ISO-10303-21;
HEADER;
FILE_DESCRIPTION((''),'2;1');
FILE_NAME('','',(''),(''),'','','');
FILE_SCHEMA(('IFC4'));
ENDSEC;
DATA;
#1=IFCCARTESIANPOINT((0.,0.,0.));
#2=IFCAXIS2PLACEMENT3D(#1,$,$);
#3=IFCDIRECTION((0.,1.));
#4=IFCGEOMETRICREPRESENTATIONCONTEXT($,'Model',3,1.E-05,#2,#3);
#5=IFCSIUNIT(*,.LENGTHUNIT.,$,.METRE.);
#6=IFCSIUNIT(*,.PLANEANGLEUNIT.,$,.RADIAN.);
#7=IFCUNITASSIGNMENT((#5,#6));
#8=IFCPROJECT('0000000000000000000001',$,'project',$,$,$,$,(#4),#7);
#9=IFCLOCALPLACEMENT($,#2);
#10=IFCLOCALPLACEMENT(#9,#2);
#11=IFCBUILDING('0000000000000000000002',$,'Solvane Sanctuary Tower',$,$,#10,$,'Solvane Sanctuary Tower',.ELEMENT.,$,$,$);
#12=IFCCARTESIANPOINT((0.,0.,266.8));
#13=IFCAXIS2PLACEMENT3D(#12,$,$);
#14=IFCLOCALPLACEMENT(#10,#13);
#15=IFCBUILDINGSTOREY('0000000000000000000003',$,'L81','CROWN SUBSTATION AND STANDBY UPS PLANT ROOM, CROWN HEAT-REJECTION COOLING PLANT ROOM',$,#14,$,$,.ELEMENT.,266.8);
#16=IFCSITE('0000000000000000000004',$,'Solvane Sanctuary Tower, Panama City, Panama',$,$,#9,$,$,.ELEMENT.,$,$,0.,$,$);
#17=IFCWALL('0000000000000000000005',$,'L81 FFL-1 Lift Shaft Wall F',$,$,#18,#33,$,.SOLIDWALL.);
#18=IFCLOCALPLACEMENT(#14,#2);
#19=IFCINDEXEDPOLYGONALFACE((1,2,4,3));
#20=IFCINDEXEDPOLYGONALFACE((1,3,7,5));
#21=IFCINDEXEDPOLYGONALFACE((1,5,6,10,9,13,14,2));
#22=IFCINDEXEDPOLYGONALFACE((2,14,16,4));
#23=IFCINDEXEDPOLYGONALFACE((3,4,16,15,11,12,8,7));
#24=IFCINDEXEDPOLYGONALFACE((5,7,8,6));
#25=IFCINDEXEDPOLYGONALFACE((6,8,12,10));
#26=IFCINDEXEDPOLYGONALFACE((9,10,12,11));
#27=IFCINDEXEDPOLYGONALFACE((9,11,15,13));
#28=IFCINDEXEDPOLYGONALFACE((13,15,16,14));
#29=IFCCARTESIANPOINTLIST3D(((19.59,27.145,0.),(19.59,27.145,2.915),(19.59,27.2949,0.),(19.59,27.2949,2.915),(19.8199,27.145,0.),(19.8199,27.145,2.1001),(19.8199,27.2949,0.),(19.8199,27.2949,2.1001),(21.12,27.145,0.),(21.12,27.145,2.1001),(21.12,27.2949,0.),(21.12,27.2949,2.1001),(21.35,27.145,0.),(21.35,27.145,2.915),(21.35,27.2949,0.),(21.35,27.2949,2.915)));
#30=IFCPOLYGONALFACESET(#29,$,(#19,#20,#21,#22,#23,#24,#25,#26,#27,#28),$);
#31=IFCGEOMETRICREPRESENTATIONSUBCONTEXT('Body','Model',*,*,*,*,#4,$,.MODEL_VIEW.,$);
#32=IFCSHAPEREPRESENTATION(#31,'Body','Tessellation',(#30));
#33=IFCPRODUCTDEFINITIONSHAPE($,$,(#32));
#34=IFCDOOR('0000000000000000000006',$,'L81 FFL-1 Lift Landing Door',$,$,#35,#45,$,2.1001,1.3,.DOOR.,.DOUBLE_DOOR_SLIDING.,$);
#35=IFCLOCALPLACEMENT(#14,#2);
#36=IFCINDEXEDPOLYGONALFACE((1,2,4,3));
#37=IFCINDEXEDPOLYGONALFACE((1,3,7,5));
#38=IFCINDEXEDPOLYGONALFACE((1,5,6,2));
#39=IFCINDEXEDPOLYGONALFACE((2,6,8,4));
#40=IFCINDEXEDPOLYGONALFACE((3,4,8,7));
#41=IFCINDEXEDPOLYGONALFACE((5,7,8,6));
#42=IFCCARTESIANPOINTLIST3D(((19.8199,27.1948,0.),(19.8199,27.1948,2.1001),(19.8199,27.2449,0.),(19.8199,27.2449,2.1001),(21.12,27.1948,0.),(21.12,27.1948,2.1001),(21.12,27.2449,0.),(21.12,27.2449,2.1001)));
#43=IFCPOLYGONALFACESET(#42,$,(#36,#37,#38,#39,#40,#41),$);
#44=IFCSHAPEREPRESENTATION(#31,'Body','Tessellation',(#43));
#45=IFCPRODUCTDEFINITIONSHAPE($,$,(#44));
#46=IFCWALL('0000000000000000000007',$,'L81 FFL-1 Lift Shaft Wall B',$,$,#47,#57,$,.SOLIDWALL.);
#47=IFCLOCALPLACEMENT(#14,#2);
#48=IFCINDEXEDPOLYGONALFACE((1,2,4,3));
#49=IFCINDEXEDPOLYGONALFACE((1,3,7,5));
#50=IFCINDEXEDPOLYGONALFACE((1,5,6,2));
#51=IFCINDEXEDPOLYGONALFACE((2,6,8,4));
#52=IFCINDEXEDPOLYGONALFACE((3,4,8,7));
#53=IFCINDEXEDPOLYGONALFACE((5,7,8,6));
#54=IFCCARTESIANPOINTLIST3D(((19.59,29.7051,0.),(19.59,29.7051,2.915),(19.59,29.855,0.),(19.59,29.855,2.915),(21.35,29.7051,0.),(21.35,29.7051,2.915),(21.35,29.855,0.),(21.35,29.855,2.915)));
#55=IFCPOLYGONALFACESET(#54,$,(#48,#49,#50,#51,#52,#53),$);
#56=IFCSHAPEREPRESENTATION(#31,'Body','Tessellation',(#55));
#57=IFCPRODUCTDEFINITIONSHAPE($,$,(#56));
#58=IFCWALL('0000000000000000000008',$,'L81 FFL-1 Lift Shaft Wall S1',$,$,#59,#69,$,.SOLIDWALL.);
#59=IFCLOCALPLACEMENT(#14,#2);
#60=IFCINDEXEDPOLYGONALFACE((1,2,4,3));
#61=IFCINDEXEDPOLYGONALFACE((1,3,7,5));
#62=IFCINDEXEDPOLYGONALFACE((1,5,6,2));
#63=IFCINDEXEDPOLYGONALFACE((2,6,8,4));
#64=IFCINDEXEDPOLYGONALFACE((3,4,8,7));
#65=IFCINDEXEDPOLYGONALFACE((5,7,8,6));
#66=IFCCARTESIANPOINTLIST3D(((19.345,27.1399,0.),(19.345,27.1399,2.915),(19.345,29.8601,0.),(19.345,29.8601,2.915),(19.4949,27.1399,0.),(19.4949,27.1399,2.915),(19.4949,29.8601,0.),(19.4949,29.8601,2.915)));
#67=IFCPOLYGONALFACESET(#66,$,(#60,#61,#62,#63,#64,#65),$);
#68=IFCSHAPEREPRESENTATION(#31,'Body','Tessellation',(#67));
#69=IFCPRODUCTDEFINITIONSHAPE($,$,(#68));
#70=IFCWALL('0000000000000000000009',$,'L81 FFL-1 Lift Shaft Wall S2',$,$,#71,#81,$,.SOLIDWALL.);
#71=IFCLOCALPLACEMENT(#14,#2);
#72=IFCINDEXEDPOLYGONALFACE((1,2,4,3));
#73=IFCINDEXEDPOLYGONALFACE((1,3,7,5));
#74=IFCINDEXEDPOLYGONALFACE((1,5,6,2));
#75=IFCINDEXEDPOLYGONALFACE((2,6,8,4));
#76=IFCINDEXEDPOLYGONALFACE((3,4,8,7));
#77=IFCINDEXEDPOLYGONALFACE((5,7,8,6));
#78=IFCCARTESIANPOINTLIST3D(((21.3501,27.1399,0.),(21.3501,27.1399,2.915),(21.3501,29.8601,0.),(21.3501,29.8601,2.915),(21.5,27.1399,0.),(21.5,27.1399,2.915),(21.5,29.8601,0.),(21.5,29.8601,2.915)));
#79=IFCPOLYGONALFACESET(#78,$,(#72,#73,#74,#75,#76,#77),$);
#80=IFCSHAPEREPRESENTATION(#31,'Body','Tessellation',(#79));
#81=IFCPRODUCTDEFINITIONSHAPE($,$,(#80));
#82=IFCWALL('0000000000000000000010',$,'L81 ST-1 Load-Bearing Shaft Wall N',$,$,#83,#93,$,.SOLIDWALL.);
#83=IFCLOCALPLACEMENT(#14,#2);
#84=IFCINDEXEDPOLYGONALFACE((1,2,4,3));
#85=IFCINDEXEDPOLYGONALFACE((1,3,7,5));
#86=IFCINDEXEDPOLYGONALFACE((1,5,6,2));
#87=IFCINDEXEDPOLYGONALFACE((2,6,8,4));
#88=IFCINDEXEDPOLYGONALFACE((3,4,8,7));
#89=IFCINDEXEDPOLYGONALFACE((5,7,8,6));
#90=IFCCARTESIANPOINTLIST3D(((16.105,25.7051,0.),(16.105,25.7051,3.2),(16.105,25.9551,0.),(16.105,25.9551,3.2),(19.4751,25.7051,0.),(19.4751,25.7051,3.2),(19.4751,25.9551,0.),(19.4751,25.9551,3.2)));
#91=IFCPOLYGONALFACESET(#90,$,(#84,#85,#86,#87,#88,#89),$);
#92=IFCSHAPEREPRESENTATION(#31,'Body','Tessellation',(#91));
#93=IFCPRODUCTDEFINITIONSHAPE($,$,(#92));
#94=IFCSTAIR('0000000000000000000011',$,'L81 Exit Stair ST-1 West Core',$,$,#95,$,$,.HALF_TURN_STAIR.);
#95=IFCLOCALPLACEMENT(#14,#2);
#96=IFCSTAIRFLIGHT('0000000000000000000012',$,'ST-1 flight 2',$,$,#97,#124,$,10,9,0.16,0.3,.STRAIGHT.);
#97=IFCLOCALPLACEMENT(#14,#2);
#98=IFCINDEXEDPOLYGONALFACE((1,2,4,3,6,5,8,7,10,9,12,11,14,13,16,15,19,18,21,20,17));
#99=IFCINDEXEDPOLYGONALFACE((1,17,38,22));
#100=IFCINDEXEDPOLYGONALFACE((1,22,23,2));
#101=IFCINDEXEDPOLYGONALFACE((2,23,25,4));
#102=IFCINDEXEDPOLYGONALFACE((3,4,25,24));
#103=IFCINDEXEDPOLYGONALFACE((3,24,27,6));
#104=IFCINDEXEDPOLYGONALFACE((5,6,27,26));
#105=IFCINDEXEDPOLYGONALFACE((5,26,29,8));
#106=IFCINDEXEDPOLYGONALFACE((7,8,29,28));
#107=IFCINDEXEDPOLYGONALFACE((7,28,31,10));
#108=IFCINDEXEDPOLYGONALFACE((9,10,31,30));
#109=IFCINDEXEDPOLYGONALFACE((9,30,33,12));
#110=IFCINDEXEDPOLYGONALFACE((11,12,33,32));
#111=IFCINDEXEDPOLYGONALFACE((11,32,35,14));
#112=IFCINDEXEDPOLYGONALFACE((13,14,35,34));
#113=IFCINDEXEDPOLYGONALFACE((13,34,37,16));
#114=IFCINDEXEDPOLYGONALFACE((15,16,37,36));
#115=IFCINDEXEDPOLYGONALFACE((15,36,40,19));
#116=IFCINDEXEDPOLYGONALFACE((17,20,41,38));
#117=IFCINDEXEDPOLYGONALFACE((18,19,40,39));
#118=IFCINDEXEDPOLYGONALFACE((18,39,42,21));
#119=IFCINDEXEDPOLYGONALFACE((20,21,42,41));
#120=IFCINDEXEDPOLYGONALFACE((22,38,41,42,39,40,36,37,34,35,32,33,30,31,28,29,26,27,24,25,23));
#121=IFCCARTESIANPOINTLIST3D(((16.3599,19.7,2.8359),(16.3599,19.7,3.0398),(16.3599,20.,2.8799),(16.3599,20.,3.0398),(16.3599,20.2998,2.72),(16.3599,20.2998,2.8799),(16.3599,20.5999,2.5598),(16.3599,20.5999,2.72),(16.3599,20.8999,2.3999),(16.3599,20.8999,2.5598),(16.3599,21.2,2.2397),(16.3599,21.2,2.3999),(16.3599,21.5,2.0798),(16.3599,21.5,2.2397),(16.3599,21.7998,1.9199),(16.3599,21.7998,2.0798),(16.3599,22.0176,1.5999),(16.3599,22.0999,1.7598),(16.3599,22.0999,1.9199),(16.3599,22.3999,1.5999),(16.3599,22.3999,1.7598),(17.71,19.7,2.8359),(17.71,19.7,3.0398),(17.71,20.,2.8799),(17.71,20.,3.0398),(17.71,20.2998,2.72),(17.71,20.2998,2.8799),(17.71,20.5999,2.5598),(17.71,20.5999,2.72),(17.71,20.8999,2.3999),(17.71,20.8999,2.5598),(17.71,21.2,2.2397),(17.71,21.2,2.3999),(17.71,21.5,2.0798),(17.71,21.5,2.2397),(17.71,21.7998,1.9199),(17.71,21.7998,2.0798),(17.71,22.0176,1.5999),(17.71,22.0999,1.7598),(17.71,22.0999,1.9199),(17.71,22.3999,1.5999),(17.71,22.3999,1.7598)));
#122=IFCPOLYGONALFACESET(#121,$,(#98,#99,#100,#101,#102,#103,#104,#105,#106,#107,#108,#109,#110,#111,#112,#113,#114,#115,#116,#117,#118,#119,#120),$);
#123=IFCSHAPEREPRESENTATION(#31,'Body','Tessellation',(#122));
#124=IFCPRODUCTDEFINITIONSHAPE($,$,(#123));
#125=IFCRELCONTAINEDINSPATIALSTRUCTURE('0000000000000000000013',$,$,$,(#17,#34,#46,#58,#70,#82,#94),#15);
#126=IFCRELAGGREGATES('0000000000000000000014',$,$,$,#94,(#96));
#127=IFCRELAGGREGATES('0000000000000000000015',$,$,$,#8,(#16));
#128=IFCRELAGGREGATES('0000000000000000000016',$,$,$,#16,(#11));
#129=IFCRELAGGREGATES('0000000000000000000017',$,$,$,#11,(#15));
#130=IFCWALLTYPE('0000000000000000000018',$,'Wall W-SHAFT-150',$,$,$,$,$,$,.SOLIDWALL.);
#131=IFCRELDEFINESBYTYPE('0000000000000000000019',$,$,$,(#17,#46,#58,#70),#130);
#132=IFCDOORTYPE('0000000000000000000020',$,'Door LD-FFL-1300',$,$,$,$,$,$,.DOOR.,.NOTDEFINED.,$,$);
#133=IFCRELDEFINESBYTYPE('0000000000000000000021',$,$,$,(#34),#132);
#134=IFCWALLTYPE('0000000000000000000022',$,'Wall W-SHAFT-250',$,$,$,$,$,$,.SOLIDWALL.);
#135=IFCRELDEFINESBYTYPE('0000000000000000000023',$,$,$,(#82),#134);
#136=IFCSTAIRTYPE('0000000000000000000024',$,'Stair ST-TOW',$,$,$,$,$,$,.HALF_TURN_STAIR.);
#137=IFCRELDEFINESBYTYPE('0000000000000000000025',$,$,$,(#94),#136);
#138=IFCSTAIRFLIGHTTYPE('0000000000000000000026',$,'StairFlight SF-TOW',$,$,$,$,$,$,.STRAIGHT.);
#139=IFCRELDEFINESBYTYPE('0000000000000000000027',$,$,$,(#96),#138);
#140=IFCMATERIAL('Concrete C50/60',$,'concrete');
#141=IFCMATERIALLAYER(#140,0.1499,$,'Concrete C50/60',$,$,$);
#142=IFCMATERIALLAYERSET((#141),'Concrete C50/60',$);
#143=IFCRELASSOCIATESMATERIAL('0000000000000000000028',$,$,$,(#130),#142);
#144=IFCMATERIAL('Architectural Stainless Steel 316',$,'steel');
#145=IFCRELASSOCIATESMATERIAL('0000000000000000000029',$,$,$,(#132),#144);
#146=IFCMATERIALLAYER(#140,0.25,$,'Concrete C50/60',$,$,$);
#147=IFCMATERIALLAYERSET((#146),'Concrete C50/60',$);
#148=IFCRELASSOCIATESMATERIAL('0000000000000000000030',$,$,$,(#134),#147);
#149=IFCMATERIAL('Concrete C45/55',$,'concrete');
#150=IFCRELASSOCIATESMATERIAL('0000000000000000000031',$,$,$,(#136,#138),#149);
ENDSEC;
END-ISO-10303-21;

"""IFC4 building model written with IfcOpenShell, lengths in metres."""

from ifc_helpers import new_model, si_unit, direction, frame, frame_2d, origin, place, context, subcontext, project, spatial, polyline, rectangle, outline, extrude, material, layer, layer_set, type_object, element, fill, aggregate, save


model = new_model("IFC4")

# Units and contexts
model_context = context("Model", 3, precision=1e-05, world=origin(), true_north=direction((0.0, 1.0)))
body_context = subcontext(model_context, "Body", "Model", "MODEL_VIEW")
ifc_project = project(units=[si_unit("LENGTHUNIT", "METRE"), si_unit("PLANEANGLEUNIT", "RADIAN")], contexts=[model_context])

# Site, building, storey
site_placement = place(None, origin())
site = spatial("IfcSite", under=ifc_project, at=site_placement, Name="Solvane Sanctuary Tower, Panama City, Panama", CompositionType="ELEMENT", RefElevation=0.0)
building_placement = place(site_placement, origin())
building = spatial("IfcBuilding", under=site, at=building_placement, Name="Solvane Sanctuary Tower", LongName="Solvane Sanctuary Tower", CompositionType="ELEMENT")
storey_placement = place(building_placement, frame((0.0, 0.0, 266.8)))
storey = spatial("IfcBuildingStorey", under=building, at=storey_placement, Name="L81", Description="CROWN SUBSTATION AND STANDBY UPS PLANT ROOM, CROWN HEAT-REJECTION COOLING PLANT ROOM", CompositionType="ELEMENT", Elevation=266.8)

# Wall, opening, door
ifc_material_1 = material(Name="Concrete C50/60", Category="concrete")
ifc_layer_1 = layer(ifc_material_1, 0.1499, Name="Concrete C50/60")
ifc_layer_set_1 = layer_set([ifc_layer_1], Name="Concrete C50/60")
wall_type_1 = type_object("IfcWallType", Name="Wall W-SHAFT-150", PredefinedType="SOLIDWALL", material=ifc_layer_set_1)
wall_1_placement = place(storey_placement, frame((19.5901, 27.22, 0.0), z_axis=(0.0, 0.0, 1.0), x_axis=(1.0, 0.0, 0.0)))
wall_1 = element("IfcWall", 1, at=wall_1_placement, inside=storey, type_object=wall_type_1, Name="L81 FFL-1 Lift Shaft Wall F", PredefinedType="SOLIDWALL", context=body_context, shape_type="SweptSolid", body=[
    extrude(rectangle(XDim=1.76, YDim=0.1499, at=frame_2d((0.8799, 0.0))), origin(), (0.0, 0.0, 1.0), 2.915),
])
opening_placement = place(wall_1_placement, frame((0.23, 0.0, 0.0)))
opening = element("IfcOpeningElement", 2, at=opening_placement, cuts=wall_1, PredefinedType="OPENING", context=body_context, shape_type="SweptSolid", body=[
    extrude(rectangle(XDim=1.3, YDim=2.1001, at=frame_2d((0.6499, 1.05))), frame((0.0, 0.085, 0.0), z_axis=(0.0, -1.0, 0.0), x_axis=(1.0, 0.0, 0.0)), (0.0, 0.0, 1.0), 0.1699),
])
ifc_material_2 = material(Name="Architectural Stainless Steel 316", Category="steel")
door_type = type_object("IfcDoorType", Name="Door LD-FFL-1300", OperationType="NOTDEFINED", PredefinedType="DOOR", material=ifc_material_2)
door_placement = place(opening_placement, origin())
door = element("IfcDoor", 3, at=door_placement, inside=storey, type_object=door_type, Name="L81 FFL-1 Lift Landing Door", OperationType="DOUBLE_DOOR_SLIDING", OverallHeight=2.1001, OverallWidth=1.3, PredefinedType="DOOR", context=body_context, shape_type="SweptSolid", body=[
    extrude(rectangle(XDim=1.3, YDim=2.1001, at=frame_2d((0.6499, 1.05))), frame((0.0, 0.0249, 0.0), z_axis=(0.0, -1.0, 0.0), x_axis=(1.0, 0.0, 0.0)), (0.0, 0.0, 1.0), 0.05),
])
fill(opening, door)

# Walls
wall_2_placement = place(storey_placement, frame((19.5901, 29.78, 0.0), z_axis=(0.0, 0.0, 1.0), x_axis=(1.0, 0.0, 0.0)))
element("IfcWall", 4, at=wall_2_placement, inside=storey, type_object=wall_type_1, Name="L81 FFL-1 Lift Shaft Wall B", PredefinedType="SOLIDWALL", context=body_context, shape_type="SweptSolid", body=[
    extrude(rectangle(XDim=1.76, YDim=0.1499, at=frame_2d((0.8799, 0.0))), origin(), (0.0, 0.0, 1.0), 2.915),
])
for number, where, z_axis, x_axis, name in (
    (5, (19.4199, 27.1399, 0.0), (0.0, 0.0, 1.0), (0.0, 1.0, 0.0), "L81 FFL-1 Lift Shaft Wall S1"),
    (6, (21.425, 27.1399, 0.0), (0.0, 0.0, 1.0), (0.0, 1.0, 0.0), "L81 FFL-1 Lift Shaft Wall S2"),
):
    element("IfcWall", number, at=place(storey_placement, frame(where, z_axis=z_axis, x_axis=x_axis)), inside=storey, type_object=wall_type_1, Name=name, PredefinedType="SOLIDWALL", context=body_context, shape_type="SweptSolid", body=[
        extrude(rectangle(XDim=2.7202, YDim=0.1499, at=frame_2d((1.3601, 0.0))), origin(), (0.0, 0.0, 1.0), 2.915),
    ])
ifc_layer_2 = layer(ifc_material_1, 0.25, Name="Concrete C50/60")
ifc_layer_set_2 = layer_set([ifc_layer_2], Name="Concrete C50/60")
wall_type_2 = type_object("IfcWallType", Name="Wall W-SHAFT-250", PredefinedType="SOLIDWALL", material=ifc_layer_set_2)
wall_3_placement = place(storey_placement, frame((16.105, 25.8301, 0.0), z_axis=(0.0, 0.0, 1.0), x_axis=(1.0, 0.0, 0.0)))
element("IfcWall", 7, at=wall_3_placement, inside=storey, type_object=wall_type_2, Name="L81 ST-1 Load-Bearing Shaft Wall N", PredefinedType="SOLIDWALL", context=body_context, shape_type="SweptSolid", body=[
    extrude(rectangle(XDim=3.3701, YDim=0.25, at=frame_2d((1.6851, 0.0))), origin(), (0.0, 0.0, 1.0), 3.2),
])

# Stair, stair flight
ifc_material_3 = material(Name="Concrete C45/55", Category="concrete")
stair_type = type_object("IfcStairType", Name="Stair ST-TOW", PredefinedType="HALF_TURN_STAIR", material=ifc_material_3)
stair_placement = place(storey_placement, origin())
stair = element("IfcStair", 8, at=stair_placement, inside=storey, type_object=stair_type, Name="L81 Exit Stair ST-1 West Core", PredefinedType="HALF_TURN_STAIR")
stair_flight_type = type_object("IfcStairFlightType", Name="StairFlight SF-TOW", PredefinedType="STRAIGHT", material=ifc_material_3)
stair_flight_placement = place(storey_placement, frame((17.0349, 22.3999, 1.5999), z_axis=(0.0, 0.0, 1.0), x_axis=(0.0, -1.0, 0.0)))
stair_flight = element("IfcStairFlight", 9, at=stair_flight_placement, type_object=stair_flight_type, Name="ST-1 flight 2", NumberOfRisers=10, NumberOfTreads=9, PredefinedType="STRAIGHT", RiserHeight=0.16, TreadLength=0.3, context=body_context, shape_type="SweptSolid", body=[
    extrude(outline(polyline([(0.0, 0.0), (0.0, 0.1599), (0.3, 0.1599), (0.3, 0.3201), (0.6001, 0.3201), (0.6001, 0.48), (0.8999, 0.48), (0.8999, 0.6399), (1.2, 0.6399), (1.2, 0.8), (1.5, 0.8), (1.5, 0.96), (1.8, 0.96), (1.8, 1.1201), (2.1001, 1.1201), (2.1001, 1.28), (2.3999, 1.28), (2.3999, 1.4399), (2.7, 1.4399), (2.7, 1.6001), (2.7, 1.2361), (0.3823, 0.0), (0.0, 0.0)])), frame((0.0, 0.675, 0.0), z_axis=(0.0, -1.0, 0.0), x_axis=(1.0, 0.0, 0.0)), (0.0, 0.0, 1.0), 1.3501),
])
aggregate(stair, [stair_flight])

save(model, "model.ifc")
